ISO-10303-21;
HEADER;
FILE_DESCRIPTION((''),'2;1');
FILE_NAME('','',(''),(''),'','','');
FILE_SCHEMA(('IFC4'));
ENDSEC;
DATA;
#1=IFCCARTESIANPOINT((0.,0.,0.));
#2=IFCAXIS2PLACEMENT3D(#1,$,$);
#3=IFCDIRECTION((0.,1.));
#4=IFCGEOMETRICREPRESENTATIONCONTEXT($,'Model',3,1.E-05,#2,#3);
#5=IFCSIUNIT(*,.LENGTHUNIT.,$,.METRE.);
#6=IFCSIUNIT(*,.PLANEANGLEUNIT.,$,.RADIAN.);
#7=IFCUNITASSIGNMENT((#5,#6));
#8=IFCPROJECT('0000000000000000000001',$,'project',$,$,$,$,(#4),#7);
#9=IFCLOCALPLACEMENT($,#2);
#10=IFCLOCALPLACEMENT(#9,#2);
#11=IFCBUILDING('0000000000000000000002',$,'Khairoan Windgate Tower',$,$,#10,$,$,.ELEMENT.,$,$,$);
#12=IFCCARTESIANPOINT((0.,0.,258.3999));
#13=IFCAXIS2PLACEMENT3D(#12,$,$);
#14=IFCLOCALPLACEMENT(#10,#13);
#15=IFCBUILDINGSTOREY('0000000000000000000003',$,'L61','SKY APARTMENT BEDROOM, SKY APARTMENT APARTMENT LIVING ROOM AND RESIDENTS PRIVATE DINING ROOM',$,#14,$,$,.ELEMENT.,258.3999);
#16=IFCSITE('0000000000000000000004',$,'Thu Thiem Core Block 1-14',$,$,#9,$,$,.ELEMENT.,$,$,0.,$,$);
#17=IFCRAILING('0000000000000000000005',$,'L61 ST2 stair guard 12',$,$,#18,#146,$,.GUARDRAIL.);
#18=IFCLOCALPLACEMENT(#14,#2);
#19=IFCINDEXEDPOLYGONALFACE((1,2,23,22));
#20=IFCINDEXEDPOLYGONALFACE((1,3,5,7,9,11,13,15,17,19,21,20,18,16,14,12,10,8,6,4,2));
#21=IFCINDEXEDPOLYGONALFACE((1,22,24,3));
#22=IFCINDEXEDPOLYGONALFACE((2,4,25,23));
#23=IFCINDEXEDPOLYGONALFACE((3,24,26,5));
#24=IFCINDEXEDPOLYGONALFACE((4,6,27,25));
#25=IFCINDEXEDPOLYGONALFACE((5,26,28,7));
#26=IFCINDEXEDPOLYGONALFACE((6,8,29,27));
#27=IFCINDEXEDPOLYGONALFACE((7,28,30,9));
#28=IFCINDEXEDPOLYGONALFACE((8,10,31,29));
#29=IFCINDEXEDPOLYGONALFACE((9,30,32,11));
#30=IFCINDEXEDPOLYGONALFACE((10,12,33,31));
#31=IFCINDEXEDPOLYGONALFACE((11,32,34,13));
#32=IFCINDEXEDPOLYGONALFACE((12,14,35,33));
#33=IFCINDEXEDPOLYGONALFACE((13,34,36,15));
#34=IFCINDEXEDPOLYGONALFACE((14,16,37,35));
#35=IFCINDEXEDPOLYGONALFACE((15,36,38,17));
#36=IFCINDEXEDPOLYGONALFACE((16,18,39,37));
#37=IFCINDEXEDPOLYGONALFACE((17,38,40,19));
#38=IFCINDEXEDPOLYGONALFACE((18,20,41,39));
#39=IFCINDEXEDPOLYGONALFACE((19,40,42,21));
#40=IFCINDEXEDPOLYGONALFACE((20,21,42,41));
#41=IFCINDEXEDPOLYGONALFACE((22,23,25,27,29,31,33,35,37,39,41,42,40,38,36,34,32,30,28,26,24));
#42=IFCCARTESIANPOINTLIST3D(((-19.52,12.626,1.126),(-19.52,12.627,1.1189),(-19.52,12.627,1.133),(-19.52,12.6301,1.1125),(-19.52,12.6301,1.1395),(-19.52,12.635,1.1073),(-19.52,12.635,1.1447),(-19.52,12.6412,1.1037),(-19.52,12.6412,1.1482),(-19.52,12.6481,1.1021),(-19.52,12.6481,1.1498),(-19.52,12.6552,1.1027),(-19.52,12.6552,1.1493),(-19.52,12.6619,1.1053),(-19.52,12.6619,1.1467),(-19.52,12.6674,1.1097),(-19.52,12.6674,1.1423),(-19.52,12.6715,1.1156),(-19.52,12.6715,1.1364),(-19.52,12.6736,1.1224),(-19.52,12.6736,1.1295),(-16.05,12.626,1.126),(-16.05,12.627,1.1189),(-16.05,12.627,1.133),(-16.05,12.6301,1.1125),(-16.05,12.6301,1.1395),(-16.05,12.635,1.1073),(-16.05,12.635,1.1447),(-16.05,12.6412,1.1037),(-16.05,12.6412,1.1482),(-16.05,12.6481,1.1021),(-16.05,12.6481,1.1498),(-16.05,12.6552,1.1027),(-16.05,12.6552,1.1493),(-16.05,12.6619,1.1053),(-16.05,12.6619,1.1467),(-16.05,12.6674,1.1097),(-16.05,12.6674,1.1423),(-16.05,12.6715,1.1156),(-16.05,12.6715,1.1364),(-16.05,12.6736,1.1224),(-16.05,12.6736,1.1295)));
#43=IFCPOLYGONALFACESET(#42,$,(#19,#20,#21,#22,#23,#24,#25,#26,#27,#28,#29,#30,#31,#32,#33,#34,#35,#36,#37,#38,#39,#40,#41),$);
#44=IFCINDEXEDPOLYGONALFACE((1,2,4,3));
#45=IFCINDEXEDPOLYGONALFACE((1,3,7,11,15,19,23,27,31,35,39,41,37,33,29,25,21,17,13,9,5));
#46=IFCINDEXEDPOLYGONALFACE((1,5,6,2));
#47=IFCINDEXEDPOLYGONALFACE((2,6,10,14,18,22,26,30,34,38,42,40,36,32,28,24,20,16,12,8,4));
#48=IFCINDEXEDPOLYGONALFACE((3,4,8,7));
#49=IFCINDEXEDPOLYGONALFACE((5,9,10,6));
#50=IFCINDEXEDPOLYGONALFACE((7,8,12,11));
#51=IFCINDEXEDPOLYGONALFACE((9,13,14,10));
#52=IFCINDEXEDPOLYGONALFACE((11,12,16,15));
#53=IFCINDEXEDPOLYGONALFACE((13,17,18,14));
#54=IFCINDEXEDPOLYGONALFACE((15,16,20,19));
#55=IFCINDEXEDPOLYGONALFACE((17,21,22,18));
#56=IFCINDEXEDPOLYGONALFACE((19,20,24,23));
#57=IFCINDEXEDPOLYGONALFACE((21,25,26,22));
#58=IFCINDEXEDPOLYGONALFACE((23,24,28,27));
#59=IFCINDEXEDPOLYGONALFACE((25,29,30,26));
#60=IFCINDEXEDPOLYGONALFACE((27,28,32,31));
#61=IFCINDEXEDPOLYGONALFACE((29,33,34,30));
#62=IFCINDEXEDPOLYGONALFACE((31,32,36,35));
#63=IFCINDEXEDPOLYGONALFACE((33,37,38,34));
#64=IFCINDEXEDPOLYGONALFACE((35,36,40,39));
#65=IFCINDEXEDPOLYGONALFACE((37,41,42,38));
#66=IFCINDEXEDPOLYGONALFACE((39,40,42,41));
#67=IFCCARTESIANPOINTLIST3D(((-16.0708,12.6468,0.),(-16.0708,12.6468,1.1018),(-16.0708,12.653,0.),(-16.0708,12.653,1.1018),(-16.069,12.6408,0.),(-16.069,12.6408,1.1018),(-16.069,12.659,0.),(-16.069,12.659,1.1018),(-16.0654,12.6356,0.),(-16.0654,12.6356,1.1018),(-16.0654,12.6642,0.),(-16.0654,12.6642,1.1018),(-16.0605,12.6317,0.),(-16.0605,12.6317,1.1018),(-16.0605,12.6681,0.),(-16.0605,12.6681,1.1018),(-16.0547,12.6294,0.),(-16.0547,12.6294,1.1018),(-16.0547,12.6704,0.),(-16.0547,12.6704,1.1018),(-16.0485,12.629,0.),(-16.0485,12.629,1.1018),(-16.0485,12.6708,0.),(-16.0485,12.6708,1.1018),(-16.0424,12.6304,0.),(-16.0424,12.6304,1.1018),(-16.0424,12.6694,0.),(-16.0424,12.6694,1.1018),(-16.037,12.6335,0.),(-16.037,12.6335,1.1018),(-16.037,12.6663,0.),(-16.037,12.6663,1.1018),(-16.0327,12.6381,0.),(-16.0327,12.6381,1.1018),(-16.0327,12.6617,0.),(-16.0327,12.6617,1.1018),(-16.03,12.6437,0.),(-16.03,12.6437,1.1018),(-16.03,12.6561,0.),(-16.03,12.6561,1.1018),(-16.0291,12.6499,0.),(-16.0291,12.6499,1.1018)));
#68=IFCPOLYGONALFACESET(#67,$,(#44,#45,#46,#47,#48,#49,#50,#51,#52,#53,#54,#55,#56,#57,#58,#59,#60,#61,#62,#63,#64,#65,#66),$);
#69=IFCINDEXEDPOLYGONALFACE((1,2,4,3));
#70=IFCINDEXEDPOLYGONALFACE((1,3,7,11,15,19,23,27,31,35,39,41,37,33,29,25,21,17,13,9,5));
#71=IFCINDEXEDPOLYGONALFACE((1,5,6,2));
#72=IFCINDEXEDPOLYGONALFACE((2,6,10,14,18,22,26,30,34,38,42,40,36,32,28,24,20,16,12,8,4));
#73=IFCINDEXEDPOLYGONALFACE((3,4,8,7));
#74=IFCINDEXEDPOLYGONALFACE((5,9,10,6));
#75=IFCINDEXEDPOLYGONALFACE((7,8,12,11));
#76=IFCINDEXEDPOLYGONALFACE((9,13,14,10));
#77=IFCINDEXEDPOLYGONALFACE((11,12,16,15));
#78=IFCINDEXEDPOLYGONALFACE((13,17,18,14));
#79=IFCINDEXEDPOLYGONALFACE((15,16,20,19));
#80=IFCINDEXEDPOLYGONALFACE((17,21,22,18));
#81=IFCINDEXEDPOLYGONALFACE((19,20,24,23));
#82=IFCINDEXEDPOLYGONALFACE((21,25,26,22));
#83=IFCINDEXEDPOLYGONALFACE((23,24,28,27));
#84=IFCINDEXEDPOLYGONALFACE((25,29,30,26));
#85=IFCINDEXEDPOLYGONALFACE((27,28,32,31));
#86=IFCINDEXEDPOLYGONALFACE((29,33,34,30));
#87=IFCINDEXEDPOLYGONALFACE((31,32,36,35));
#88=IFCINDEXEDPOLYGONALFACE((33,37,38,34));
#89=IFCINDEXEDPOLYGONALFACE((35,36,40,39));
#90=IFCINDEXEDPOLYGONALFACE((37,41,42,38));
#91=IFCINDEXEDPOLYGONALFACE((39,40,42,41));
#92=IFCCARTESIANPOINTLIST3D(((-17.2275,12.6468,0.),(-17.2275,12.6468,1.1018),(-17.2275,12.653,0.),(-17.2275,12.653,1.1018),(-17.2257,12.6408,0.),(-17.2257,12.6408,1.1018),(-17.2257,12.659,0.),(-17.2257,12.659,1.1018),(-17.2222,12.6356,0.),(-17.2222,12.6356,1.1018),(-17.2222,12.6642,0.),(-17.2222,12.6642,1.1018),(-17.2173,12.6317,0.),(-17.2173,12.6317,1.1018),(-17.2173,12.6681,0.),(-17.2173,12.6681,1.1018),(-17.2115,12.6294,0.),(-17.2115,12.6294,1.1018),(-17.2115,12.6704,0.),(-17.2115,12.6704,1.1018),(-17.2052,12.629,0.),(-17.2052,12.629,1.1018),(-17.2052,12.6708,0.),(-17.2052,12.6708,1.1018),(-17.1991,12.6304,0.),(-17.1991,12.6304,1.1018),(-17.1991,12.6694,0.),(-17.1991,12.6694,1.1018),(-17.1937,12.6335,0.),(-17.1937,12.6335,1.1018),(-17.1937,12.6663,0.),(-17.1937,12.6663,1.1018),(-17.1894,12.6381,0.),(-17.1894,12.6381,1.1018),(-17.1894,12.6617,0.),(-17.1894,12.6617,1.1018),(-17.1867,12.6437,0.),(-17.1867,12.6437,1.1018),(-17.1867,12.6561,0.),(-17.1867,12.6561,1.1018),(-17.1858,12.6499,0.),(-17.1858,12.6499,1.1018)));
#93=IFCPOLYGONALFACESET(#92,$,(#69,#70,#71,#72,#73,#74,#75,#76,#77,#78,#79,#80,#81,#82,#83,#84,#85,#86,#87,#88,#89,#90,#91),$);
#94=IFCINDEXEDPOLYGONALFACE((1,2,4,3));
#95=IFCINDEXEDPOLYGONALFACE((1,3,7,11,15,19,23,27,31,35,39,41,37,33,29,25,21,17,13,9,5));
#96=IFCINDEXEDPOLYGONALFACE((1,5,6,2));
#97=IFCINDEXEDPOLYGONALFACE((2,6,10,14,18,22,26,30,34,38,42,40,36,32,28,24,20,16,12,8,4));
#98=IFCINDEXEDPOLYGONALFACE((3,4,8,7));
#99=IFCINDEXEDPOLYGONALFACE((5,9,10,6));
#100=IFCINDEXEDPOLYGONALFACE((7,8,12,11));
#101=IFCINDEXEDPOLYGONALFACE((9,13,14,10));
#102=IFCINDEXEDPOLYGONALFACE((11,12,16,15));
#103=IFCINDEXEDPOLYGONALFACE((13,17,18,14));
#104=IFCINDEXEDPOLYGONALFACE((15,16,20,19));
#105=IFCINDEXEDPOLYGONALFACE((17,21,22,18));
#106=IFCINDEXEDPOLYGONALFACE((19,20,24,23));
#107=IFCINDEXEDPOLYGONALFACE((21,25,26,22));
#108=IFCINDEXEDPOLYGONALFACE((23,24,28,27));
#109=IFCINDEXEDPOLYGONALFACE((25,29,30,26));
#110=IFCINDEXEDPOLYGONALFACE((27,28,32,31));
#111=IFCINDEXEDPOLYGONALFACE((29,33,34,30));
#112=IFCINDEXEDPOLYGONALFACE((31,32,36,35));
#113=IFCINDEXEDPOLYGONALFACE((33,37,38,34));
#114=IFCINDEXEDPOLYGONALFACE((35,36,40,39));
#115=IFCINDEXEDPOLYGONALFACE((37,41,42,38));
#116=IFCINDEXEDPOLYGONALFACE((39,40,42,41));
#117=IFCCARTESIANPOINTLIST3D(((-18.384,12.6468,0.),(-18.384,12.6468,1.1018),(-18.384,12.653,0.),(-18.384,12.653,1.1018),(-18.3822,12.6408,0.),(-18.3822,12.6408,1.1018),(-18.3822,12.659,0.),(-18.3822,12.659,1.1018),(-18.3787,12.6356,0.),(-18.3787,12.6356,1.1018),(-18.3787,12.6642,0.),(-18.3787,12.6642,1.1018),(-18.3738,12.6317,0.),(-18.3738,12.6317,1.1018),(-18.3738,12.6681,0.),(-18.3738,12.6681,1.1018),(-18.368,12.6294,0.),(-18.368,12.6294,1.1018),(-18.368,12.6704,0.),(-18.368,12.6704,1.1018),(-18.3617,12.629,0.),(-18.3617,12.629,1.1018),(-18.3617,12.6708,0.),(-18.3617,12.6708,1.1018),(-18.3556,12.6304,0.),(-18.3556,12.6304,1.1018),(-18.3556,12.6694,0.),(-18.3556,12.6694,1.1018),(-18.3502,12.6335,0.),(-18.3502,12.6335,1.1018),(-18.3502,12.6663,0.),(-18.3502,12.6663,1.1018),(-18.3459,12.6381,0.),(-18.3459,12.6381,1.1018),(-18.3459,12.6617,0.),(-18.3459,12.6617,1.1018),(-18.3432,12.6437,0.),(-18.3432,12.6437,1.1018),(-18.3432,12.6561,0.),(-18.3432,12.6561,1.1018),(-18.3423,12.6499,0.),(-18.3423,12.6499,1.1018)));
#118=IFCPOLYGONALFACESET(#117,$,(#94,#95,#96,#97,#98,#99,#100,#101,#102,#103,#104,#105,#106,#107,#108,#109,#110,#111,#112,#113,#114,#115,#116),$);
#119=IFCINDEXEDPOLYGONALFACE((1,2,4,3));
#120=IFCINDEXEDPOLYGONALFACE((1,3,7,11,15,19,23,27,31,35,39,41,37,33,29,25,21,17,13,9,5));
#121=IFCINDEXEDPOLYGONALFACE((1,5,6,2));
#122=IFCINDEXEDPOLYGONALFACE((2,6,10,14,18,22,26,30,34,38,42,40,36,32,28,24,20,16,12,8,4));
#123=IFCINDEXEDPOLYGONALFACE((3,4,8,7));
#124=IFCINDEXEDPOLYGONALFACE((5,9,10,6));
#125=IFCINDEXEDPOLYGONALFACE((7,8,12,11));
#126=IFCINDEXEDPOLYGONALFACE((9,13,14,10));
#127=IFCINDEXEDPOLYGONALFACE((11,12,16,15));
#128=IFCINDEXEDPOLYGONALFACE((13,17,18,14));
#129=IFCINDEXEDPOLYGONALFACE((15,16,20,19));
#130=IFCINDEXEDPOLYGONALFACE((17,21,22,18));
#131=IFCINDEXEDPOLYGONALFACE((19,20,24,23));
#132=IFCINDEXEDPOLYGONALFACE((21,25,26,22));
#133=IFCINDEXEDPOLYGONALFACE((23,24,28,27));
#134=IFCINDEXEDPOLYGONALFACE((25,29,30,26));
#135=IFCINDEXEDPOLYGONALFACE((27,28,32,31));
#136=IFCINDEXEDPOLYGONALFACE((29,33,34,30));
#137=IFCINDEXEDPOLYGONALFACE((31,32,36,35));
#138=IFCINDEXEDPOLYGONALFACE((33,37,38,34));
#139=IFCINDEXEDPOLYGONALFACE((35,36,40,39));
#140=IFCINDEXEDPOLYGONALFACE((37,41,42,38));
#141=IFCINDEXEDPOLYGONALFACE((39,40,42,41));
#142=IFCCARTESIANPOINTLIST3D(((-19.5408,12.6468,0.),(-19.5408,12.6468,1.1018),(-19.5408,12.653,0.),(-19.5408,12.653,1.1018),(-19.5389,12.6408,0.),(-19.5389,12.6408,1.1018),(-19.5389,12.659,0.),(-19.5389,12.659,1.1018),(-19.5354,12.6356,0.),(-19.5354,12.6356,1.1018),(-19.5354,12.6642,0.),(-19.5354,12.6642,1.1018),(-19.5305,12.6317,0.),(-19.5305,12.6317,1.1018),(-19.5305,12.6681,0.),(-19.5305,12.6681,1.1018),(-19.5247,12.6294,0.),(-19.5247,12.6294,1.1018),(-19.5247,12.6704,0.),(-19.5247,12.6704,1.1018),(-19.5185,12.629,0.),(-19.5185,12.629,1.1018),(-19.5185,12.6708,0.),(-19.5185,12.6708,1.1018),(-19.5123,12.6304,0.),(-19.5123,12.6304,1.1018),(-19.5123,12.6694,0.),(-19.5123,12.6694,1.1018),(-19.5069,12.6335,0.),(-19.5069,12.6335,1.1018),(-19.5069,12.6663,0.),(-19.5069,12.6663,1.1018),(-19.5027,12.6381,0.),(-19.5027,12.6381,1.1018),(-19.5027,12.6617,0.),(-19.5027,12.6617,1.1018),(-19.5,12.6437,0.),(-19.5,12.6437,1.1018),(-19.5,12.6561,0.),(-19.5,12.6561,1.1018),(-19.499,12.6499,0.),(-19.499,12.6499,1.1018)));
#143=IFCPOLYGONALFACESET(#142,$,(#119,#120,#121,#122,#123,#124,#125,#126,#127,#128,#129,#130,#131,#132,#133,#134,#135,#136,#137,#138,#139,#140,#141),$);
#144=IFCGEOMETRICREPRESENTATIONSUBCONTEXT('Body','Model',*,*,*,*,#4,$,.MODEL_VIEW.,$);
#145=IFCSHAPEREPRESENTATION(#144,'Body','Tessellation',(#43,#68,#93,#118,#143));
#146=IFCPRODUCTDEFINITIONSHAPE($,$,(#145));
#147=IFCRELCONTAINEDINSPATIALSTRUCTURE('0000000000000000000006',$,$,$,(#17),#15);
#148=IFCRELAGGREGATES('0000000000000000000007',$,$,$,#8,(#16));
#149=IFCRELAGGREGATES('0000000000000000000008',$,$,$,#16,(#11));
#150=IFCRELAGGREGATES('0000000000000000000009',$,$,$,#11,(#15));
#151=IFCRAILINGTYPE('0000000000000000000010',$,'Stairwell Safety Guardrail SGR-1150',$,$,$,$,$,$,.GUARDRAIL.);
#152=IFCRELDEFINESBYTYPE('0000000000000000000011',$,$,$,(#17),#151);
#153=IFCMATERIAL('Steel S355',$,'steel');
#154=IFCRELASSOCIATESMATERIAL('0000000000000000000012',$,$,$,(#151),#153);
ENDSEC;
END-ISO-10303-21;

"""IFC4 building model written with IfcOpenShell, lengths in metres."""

from ifc_helpers import new_model, si_unit, direction, frame, origin, origin_2d, place, context, subcontext, project, spatial, circle, extrude, material, type_object, element, save


model = new_model("IFC4")

# Units and contexts
model_context = context("Model", 3, precision=1e-05, world=origin(), true_north=direction((0.0, 1.0)))
body_context = subcontext(model_context, "Body", "Model", "MODEL_VIEW")
ifc_project = project(units=[si_unit("LENGTHUNIT", "METRE"), si_unit("PLANEANGLEUNIT", "RADIAN")], contexts=[model_context])

# Site, building, storey
site_placement = place(None, origin())
site = spatial("IfcSite", under=ifc_project, at=site_placement, Name="Thu Thiem Core Block 1-14", CompositionType="ELEMENT", RefElevation=0.0)
building_placement = place(site_placement, origin())
building = spatial("IfcBuilding", under=site, at=building_placement, Name="Khairoan Windgate Tower", CompositionType="ELEMENT")
storey_placement = place(building_placement, frame((0.0, 0.0, 258.3999)))
storey = spatial("IfcBuildingStorey", under=building, at=storey_placement, Name="L61", Description="SKY APARTMENT BEDROOM, SKY APARTMENT APARTMENT LIVING ROOM AND RESIDENTS PRIVATE DINING ROOM", CompositionType="ELEMENT", Elevation=258.3999)

# Railing
ifc_material_1 = material(Name="Steel S355", Category="steel")
railing_type = type_object("IfcRailingType", Name="Stairwell Safety Guardrail SGR-1150", PredefinedType="GUARDRAIL", material=ifc_material_1)
railing_1_placement = place(storey_placement, frame((-16.05, 12.6499, 0.0)))
element("IfcRailing", 1, at=railing_1_placement, inside=storey, type_object=railing_type, Name="L61 ST2 stair guard 12", PredefinedType="GUARDRAIL", context=body_context, shape_type="SweptSolid", body=[
    extrude(circle(Radius=0.0239, at=origin_2d()), frame((0.0, 0.0, 1.126), z_axis=(-1.0, 0.0, 0.0), x_axis=(0.0, -1.0, 0.0)), (0.0, 0.0, 1.0), 3.47),
    extrude(circle(Radius=0.021, at=origin_2d()), origin(), (0.0, 0.0, 1.0), 1.1018),
    extrude(circle(Radius=0.021, at=origin_2d()), frame((-1.1567, 0.0, 0.0)), (0.0, 0.0, 1.0), 1.1018),
    extrude(circle(Radius=0.021, at=origin_2d()), frame((-2.3132, 0.0, 0.0)), (0.0, 0.0, 1.0), 1.1018),
    extrude(circle(Radius=0.021, at=origin_2d()), frame((-3.47, 0.0, 0.0)), (0.0, 0.0, 1.0), 1.1018),
])

save(model, "model.ifc")
